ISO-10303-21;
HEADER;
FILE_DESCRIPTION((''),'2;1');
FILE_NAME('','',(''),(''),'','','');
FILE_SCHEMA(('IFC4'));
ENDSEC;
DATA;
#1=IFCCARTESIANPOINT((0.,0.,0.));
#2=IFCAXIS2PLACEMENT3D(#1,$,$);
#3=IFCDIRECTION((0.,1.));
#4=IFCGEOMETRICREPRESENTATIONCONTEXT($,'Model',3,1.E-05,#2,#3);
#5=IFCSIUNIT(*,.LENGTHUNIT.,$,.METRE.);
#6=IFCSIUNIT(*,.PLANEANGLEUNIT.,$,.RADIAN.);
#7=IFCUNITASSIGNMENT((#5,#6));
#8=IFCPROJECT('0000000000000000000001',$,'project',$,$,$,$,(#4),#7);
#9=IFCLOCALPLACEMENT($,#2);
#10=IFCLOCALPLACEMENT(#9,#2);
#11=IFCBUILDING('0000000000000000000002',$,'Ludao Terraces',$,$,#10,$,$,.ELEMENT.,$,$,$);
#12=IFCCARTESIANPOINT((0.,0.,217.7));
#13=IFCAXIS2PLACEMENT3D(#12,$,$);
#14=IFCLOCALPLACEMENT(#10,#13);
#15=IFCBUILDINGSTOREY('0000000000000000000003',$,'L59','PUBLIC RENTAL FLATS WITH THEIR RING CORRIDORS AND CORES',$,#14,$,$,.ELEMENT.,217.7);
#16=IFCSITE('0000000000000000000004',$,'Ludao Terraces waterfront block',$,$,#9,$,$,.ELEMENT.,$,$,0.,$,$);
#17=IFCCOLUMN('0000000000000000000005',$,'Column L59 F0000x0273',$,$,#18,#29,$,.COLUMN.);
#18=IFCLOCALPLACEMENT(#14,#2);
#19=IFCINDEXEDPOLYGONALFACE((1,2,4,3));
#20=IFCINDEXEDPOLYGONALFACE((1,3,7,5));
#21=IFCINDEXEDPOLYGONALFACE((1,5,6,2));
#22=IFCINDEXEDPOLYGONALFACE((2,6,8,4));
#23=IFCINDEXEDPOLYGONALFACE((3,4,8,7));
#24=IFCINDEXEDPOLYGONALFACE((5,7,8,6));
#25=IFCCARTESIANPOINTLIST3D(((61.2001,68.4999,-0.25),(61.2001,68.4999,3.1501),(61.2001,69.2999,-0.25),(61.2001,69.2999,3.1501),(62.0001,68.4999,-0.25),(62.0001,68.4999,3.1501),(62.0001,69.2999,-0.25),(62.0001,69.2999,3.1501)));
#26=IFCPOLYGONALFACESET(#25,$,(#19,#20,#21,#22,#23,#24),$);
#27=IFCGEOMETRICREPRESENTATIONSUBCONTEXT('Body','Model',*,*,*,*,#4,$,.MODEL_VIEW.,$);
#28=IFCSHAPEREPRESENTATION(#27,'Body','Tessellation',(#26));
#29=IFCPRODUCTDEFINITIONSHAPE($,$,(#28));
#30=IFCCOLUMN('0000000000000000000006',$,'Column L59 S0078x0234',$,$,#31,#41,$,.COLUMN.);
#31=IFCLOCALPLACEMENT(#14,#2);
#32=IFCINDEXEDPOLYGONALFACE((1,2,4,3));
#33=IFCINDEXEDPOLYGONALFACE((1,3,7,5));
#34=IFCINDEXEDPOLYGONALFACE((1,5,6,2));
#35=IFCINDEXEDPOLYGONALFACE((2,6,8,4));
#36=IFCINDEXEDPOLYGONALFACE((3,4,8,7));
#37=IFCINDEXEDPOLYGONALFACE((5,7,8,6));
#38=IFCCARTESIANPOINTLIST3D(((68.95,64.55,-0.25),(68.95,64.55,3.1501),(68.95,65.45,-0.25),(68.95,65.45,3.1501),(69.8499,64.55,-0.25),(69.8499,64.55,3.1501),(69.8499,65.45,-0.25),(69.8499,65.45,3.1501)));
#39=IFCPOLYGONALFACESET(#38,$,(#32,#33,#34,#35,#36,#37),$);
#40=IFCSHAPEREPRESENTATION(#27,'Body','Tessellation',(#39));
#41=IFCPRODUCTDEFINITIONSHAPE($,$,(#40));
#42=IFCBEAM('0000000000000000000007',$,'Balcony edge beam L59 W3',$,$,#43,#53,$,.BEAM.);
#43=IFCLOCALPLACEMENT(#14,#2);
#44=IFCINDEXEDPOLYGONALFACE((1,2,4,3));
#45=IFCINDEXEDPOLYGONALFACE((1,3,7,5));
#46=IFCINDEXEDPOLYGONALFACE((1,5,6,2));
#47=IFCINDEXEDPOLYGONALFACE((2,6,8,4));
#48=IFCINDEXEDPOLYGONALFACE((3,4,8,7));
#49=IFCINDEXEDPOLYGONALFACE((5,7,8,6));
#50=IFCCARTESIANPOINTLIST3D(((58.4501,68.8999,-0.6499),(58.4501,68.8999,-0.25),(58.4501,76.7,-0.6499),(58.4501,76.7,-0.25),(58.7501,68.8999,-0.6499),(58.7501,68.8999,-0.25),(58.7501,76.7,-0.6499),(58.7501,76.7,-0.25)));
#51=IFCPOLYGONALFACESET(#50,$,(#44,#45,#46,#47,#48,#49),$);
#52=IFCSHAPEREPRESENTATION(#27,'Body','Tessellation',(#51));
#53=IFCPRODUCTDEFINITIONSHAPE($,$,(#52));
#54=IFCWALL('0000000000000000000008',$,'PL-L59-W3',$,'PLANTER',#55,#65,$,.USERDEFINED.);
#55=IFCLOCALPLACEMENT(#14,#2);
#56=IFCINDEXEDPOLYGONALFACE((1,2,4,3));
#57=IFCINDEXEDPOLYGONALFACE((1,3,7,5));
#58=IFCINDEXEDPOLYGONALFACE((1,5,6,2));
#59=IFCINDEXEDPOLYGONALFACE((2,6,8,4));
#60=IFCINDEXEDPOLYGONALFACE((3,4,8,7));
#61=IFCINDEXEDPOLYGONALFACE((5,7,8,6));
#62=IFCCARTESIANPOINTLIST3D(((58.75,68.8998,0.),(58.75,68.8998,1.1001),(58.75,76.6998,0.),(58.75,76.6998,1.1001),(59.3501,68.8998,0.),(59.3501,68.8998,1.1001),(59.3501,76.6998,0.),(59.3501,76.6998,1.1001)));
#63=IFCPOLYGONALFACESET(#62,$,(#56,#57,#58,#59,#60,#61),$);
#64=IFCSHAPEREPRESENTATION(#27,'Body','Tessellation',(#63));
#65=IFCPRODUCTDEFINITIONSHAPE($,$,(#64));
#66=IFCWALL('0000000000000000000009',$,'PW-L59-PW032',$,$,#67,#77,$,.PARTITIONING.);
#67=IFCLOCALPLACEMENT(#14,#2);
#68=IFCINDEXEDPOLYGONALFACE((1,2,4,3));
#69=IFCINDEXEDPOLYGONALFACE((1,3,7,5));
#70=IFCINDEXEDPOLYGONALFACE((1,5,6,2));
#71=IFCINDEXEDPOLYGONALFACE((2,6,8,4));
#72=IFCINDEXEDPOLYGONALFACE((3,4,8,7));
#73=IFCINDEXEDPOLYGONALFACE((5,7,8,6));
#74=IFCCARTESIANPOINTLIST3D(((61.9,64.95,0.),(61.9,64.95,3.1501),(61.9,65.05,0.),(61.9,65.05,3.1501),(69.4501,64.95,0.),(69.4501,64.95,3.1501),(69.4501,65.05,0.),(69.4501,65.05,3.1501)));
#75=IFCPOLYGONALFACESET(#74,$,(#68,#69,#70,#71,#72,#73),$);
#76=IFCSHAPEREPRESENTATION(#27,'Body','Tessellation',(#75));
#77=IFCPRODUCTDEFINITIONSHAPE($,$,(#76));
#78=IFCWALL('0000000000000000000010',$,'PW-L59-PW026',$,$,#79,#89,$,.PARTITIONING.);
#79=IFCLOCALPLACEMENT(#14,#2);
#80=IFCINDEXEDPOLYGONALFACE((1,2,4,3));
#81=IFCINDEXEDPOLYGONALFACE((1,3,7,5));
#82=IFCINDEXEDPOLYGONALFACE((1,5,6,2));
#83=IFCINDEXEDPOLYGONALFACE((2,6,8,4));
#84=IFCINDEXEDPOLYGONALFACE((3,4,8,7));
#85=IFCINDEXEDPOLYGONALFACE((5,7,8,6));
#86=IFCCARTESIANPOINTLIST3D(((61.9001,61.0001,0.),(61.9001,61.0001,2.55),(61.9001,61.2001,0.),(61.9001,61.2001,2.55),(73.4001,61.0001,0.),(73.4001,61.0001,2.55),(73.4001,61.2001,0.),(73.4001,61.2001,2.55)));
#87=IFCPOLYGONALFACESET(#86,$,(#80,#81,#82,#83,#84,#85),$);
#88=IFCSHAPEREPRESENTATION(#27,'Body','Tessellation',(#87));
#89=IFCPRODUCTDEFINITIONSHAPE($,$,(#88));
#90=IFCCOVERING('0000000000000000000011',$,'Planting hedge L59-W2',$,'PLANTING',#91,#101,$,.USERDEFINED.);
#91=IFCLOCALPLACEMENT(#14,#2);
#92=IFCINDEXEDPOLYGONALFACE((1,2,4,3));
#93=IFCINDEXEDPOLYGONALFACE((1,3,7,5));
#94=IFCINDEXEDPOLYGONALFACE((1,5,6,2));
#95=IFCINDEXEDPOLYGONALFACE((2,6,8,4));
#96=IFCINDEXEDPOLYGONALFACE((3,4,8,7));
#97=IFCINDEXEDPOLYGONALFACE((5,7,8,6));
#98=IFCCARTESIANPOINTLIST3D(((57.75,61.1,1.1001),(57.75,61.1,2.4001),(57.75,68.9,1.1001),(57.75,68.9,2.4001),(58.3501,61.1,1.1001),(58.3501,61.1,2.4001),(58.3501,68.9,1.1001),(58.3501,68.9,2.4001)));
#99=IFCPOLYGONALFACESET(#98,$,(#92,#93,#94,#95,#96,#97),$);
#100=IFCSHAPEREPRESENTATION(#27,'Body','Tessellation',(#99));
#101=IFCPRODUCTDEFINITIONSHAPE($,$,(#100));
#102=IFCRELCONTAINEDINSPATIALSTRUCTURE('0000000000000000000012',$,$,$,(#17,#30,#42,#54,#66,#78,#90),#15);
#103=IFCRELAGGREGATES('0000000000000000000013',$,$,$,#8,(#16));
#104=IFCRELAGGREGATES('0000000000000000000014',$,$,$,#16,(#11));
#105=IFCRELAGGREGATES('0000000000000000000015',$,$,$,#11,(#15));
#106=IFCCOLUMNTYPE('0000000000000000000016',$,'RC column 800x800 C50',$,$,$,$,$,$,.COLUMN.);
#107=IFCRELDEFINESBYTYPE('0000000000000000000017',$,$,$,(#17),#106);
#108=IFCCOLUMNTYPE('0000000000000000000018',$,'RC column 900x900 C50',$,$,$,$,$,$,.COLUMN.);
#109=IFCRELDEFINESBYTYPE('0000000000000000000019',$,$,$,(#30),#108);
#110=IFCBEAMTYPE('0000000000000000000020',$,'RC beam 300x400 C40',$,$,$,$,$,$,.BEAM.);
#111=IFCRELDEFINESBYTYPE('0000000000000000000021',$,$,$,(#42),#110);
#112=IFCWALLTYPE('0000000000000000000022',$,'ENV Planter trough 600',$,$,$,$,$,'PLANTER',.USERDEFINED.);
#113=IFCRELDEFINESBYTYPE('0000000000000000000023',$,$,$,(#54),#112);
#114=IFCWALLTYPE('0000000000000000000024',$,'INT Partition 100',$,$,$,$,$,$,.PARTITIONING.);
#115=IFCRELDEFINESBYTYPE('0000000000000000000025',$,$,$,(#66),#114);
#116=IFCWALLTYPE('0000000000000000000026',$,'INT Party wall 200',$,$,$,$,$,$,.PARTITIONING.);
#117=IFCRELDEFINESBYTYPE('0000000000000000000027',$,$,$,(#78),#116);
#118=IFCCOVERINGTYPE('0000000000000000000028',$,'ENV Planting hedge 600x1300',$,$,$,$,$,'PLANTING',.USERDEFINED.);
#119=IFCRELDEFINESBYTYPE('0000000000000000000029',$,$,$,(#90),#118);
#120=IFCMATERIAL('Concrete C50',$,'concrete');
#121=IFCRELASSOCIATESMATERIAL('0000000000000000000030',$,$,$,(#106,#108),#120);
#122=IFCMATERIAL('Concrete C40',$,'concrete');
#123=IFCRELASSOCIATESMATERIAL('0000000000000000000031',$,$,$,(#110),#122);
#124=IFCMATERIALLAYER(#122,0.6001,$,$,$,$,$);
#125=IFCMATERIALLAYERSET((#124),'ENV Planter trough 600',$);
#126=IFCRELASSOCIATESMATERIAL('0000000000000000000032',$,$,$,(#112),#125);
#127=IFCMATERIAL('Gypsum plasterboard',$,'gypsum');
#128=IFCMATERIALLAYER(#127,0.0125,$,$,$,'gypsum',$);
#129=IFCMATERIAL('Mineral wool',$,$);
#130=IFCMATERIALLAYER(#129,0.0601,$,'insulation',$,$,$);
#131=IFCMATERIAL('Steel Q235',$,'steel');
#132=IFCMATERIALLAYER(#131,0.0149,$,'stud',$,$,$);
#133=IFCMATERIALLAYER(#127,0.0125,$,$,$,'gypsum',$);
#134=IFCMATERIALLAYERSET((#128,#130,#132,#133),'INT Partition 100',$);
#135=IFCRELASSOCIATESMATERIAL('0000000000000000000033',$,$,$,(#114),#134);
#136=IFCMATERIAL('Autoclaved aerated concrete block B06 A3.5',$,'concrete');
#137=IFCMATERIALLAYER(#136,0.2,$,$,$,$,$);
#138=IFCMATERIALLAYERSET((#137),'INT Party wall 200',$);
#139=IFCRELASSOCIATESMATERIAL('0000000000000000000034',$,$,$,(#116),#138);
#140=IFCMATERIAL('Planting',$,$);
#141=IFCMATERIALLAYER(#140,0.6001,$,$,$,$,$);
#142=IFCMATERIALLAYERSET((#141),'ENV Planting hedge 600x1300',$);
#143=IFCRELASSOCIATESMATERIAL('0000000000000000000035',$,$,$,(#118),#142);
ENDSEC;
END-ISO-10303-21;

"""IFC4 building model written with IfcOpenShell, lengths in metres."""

from ifc_helpers import new_model, si_unit, direction, frame, frame_2d, origin, origin_2d, place, context, subcontext, project, spatial, rectangle, extrude, material, layer, layer_set, material_profile, profile_set, type_object, element, save


model = new_model("IFC4")

# Units and contexts
model_context = context("Model", 3, precision=1e-05, world=origin(), true_north=direction((0.0, 1.0)))
body_context = subcontext(model_context, "Body", "Model", "MODEL_VIEW")
ifc_project = project(units=[si_unit("LENGTHUNIT", "METRE"), si_unit("PLANEANGLEUNIT", "RADIAN")], contexts=[model_context])

# Site, building, storey
site_placement = place(None, origin())
site = spatial("IfcSite", under=ifc_project, at=site_placement, Name="Ludao Terraces waterfront block", CompositionType="ELEMENT", RefElevation=0.0)
building_placement = place(site_placement, origin())
building = spatial("IfcBuilding", under=site, at=building_placement, Name="Ludao Terraces", CompositionType="ELEMENT")
storey_placement = place(building_placement, frame((0.0, 0.0, 217.7)))
storey = spatial("IfcBuildingStorey", under=building, at=storey_placement, Name="L59", Description="PUBLIC RENTAL FLATS WITH THEIR RING CORRIDORS AND CORES", CompositionType="ELEMENT", Elevation=217.7)

# Columns
ifc_material_1 = material(Name="Concrete C50", Category="concrete")
ifc_material_profile_1 = material_profile(ifc_material_1, rectangle(XDim=0.8, YDim=0.8, at=origin_2d()), Name="800 X 800")
ifc_profile_set_1 = profile_set([ifc_material_profile_1], Name="Concrete C50")
column_type_1 = type_object("IfcColumnType", Name="RC column 800x800 C50", PredefinedType="COLUMN", material=ifc_profile_set_1)
column_1_placement = place(storey_placement, frame((61.6001, 68.8999, -0.25), z_axis=(0.0, 0.0, 1.0), x_axis=(1.0, 0.0, 0.0)))
element("IfcColumn", 1, at=column_1_placement, inside=storey, type_object=column_type_1, Name="Column L59 F0000x0273", PredefinedType="COLUMN", context=body_context, shape_type="SweptSolid", body=[
    extrude(rectangle(XDim=0.8, YDim=0.8, at=origin_2d()), origin(), (0.0, 0.0, 1.0), 3.4001),
])
ifc_material_profile_2 = material_profile(ifc_material_1, rectangle(XDim=0.8999, YDim=0.8999, at=origin_2d()), Name="900 X 900")
ifc_profile_set_2 = profile_set([ifc_material_profile_2], Name="Concrete C50")
column_type_2 = type_object("IfcColumnType", Name="RC column 900x900 C50", PredefinedType="COLUMN", material=ifc_profile_set_2)
column_2_placement = place(storey_placement, frame((69.3999, 65.0, -0.25), z_axis=(0.0, 0.0, 1.0), x_axis=(1.0, 0.0, 0.0)))
element("IfcColumn", 2, at=column_2_placement, inside=storey, type_object=column_type_2, Name="Column L59 S0078x0234", PredefinedType="COLUMN", context=body_context, shape_type="SweptSolid", body=[
    extrude(rectangle(XDim=0.8999, YDim=0.8999, at=origin_2d()), origin(), (0.0, 0.0, 1.0), 3.4001),
])

# Beam
ifc_material_2 = material(Name="Concrete C40", Category="concrete")
ifc_material_profile_3 = material_profile(ifc_material_2, rectangle(XDim=0.3, YDim=0.3999, at=origin_2d()), Name="300 X 400")
ifc_profile_set_3 = profile_set([ifc_material_profile_3], Name="Concrete C40")
beam_type = type_object("IfcBeamType", Name="RC beam 300x400 C40", PredefinedType="BEAM", material=ifc_profile_set_3)
beam_placement = place(storey_placement, frame((58.6001, 68.8999, -0.45), z_axis=(0.0, 1.0, 0.0), x_axis=(-1.0, 0.0, 0.0)))
element("IfcBeam", 3, at=beam_placement, inside=storey, type_object=beam_type, Name="Balcony edge beam L59 W3", PredefinedType="BEAM", context=body_context, shape_type="SweptSolid", body=[
    extrude(rectangle(XDim=0.3, YDim=0.3999, at=origin_2d()), origin(), (0.0, 0.0, 1.0), 7.8),
])

# Wall
ifc_layer_1 = layer(ifc_material_2, 0.6001)
ifc_layer_set_1 = layer_set([ifc_layer_1], Name="ENV Planter trough 600")
wall_type_1 = type_object("IfcWallType", Name="ENV Planter trough 600", ElementType="PLANTER", PredefinedType="USERDEFINED", material=ifc_layer_set_1)
wall_1_placement = place(storey_placement, frame((59.05, 68.8999, 0.0), z_axis=(0.0, 0.0, 1.0), x_axis=(0.0, 1.0, 0.0)))
element("IfcWall", 4, at=wall_1_placement, inside=storey, type_object=wall_type_1, Name="PL-L59-W3", ObjectType="PLANTER", PredefinedType="USERDEFINED", context=body_context, shape_type="SweptSolid", body=[
    extrude(rectangle(XDim=7.8, YDim=0.6001, at=frame_2d((3.8999, 0.0))), origin(), (0.0, 0.0, 1.0), 1.1001),
])

# Shared definitions
ifc_material_3 = material(Name="Mineral wool")

# Wall
ifc_material_4 = material(Name="Gypsum plasterboard", Category="gypsum")
ifc_layer_2 = layer(ifc_material_4, 0.0125, Category="gypsum")
ifc_layer_3 = layer(ifc_material_3, 0.0601, Name="insulation")
ifc_material_5 = material(Name="Steel Q235", Category="steel")
ifc_layer_4 = layer(ifc_material_5, 0.0149, Name="stud")
ifc_layer_5 = layer(ifc_material_4, 0.0125, Category="gypsum")
ifc_layer_set_2 = layer_set([ifc_layer_2, ifc_layer_3, ifc_layer_4, ifc_layer_5], Name="INT Partition 100")
wall_type_2 = type_object("IfcWallType", Name="INT Partition 100", PredefinedType="PARTITIONING", material=ifc_layer_set_2)
wall_2_placement = place(storey_placement, frame((61.9001, 65.0, 0.0), z_axis=(0.0, 0.0, 1.0), x_axis=(1.0, 0.0, 0.0)))
element("IfcWall", 5, at=wall_2_placement, inside=storey, type_object=wall_type_2, Name="PW-L59-PW032", PredefinedType="PARTITIONING", context=body_context, shape_type="SweptSolid", body=[
    extrude(rectangle(XDim=7.55, YDim=0.1001, at=frame_2d((3.7749, 0.0))), origin(), (0.0, 0.0, 1.0), 3.1501),
])

# Wall
ifc_material_6 = material(Name="Autoclaved aerated concrete block B06 A3.5", Category="concrete")
ifc_layer_6 = layer(ifc_material_6, 0.2)
ifc_layer_set_3 = layer_set([ifc_layer_6], Name="INT Party wall 200")
wall_type_3 = type_object("IfcWallType", Name="INT Party wall 200", PredefinedType="PARTITIONING", material=ifc_layer_set_3)
wall_3_placement = place(storey_placement, frame((61.9001, 61.1001, 0.0), z_axis=(0.0, 0.0, 1.0), x_axis=(1.0, 0.0, 0.0)))
element("IfcWall", 6, at=wall_3_placement, inside=storey, type_object=wall_type_3, Name="PW-L59-PW026", PredefinedType="PARTITIONING", context=body_context, shape_type="SweptSolid", body=[
    extrude(rectangle(XDim=11.5, YDim=0.2, at=frame_2d((5.75, 0.0))), origin(), (0.0, 0.0, 1.0), 2.55),
])

# Covering
ifc_material_7 = material(Name="Planting")
ifc_layer_7 = layer(ifc_material_7, 0.6001)
ifc_layer_set_4 = layer_set([ifc_layer_7], Name="ENV Planting hedge 600x1300")
covering_type = type_object("IfcCoveringType", Name="ENV Planting hedge 600x1300", ElementType="PLANTING", PredefinedType="USERDEFINED", material=ifc_layer_set_4)
covering_placement = place(storey_placement, frame((58.05, 65.0, 1.1001), z_axis=(0.0, 0.0, 1.0), x_axis=(1.0, 0.0, 0.0)))
element("IfcCovering", 7, at=covering_placement, inside=storey, type_object=covering_type, Name="Planting hedge L59-W2", ObjectType="PLANTING", PredefinedType="USERDEFINED", context=body_context, shape_type="SweptSolid", body=[
    extrude(rectangle(XDim=0.6001, YDim=7.8, at=origin_2d()), origin(), (0.0, 0.0, 1.0), 1.3),
])

save(model, "model.ifc")
